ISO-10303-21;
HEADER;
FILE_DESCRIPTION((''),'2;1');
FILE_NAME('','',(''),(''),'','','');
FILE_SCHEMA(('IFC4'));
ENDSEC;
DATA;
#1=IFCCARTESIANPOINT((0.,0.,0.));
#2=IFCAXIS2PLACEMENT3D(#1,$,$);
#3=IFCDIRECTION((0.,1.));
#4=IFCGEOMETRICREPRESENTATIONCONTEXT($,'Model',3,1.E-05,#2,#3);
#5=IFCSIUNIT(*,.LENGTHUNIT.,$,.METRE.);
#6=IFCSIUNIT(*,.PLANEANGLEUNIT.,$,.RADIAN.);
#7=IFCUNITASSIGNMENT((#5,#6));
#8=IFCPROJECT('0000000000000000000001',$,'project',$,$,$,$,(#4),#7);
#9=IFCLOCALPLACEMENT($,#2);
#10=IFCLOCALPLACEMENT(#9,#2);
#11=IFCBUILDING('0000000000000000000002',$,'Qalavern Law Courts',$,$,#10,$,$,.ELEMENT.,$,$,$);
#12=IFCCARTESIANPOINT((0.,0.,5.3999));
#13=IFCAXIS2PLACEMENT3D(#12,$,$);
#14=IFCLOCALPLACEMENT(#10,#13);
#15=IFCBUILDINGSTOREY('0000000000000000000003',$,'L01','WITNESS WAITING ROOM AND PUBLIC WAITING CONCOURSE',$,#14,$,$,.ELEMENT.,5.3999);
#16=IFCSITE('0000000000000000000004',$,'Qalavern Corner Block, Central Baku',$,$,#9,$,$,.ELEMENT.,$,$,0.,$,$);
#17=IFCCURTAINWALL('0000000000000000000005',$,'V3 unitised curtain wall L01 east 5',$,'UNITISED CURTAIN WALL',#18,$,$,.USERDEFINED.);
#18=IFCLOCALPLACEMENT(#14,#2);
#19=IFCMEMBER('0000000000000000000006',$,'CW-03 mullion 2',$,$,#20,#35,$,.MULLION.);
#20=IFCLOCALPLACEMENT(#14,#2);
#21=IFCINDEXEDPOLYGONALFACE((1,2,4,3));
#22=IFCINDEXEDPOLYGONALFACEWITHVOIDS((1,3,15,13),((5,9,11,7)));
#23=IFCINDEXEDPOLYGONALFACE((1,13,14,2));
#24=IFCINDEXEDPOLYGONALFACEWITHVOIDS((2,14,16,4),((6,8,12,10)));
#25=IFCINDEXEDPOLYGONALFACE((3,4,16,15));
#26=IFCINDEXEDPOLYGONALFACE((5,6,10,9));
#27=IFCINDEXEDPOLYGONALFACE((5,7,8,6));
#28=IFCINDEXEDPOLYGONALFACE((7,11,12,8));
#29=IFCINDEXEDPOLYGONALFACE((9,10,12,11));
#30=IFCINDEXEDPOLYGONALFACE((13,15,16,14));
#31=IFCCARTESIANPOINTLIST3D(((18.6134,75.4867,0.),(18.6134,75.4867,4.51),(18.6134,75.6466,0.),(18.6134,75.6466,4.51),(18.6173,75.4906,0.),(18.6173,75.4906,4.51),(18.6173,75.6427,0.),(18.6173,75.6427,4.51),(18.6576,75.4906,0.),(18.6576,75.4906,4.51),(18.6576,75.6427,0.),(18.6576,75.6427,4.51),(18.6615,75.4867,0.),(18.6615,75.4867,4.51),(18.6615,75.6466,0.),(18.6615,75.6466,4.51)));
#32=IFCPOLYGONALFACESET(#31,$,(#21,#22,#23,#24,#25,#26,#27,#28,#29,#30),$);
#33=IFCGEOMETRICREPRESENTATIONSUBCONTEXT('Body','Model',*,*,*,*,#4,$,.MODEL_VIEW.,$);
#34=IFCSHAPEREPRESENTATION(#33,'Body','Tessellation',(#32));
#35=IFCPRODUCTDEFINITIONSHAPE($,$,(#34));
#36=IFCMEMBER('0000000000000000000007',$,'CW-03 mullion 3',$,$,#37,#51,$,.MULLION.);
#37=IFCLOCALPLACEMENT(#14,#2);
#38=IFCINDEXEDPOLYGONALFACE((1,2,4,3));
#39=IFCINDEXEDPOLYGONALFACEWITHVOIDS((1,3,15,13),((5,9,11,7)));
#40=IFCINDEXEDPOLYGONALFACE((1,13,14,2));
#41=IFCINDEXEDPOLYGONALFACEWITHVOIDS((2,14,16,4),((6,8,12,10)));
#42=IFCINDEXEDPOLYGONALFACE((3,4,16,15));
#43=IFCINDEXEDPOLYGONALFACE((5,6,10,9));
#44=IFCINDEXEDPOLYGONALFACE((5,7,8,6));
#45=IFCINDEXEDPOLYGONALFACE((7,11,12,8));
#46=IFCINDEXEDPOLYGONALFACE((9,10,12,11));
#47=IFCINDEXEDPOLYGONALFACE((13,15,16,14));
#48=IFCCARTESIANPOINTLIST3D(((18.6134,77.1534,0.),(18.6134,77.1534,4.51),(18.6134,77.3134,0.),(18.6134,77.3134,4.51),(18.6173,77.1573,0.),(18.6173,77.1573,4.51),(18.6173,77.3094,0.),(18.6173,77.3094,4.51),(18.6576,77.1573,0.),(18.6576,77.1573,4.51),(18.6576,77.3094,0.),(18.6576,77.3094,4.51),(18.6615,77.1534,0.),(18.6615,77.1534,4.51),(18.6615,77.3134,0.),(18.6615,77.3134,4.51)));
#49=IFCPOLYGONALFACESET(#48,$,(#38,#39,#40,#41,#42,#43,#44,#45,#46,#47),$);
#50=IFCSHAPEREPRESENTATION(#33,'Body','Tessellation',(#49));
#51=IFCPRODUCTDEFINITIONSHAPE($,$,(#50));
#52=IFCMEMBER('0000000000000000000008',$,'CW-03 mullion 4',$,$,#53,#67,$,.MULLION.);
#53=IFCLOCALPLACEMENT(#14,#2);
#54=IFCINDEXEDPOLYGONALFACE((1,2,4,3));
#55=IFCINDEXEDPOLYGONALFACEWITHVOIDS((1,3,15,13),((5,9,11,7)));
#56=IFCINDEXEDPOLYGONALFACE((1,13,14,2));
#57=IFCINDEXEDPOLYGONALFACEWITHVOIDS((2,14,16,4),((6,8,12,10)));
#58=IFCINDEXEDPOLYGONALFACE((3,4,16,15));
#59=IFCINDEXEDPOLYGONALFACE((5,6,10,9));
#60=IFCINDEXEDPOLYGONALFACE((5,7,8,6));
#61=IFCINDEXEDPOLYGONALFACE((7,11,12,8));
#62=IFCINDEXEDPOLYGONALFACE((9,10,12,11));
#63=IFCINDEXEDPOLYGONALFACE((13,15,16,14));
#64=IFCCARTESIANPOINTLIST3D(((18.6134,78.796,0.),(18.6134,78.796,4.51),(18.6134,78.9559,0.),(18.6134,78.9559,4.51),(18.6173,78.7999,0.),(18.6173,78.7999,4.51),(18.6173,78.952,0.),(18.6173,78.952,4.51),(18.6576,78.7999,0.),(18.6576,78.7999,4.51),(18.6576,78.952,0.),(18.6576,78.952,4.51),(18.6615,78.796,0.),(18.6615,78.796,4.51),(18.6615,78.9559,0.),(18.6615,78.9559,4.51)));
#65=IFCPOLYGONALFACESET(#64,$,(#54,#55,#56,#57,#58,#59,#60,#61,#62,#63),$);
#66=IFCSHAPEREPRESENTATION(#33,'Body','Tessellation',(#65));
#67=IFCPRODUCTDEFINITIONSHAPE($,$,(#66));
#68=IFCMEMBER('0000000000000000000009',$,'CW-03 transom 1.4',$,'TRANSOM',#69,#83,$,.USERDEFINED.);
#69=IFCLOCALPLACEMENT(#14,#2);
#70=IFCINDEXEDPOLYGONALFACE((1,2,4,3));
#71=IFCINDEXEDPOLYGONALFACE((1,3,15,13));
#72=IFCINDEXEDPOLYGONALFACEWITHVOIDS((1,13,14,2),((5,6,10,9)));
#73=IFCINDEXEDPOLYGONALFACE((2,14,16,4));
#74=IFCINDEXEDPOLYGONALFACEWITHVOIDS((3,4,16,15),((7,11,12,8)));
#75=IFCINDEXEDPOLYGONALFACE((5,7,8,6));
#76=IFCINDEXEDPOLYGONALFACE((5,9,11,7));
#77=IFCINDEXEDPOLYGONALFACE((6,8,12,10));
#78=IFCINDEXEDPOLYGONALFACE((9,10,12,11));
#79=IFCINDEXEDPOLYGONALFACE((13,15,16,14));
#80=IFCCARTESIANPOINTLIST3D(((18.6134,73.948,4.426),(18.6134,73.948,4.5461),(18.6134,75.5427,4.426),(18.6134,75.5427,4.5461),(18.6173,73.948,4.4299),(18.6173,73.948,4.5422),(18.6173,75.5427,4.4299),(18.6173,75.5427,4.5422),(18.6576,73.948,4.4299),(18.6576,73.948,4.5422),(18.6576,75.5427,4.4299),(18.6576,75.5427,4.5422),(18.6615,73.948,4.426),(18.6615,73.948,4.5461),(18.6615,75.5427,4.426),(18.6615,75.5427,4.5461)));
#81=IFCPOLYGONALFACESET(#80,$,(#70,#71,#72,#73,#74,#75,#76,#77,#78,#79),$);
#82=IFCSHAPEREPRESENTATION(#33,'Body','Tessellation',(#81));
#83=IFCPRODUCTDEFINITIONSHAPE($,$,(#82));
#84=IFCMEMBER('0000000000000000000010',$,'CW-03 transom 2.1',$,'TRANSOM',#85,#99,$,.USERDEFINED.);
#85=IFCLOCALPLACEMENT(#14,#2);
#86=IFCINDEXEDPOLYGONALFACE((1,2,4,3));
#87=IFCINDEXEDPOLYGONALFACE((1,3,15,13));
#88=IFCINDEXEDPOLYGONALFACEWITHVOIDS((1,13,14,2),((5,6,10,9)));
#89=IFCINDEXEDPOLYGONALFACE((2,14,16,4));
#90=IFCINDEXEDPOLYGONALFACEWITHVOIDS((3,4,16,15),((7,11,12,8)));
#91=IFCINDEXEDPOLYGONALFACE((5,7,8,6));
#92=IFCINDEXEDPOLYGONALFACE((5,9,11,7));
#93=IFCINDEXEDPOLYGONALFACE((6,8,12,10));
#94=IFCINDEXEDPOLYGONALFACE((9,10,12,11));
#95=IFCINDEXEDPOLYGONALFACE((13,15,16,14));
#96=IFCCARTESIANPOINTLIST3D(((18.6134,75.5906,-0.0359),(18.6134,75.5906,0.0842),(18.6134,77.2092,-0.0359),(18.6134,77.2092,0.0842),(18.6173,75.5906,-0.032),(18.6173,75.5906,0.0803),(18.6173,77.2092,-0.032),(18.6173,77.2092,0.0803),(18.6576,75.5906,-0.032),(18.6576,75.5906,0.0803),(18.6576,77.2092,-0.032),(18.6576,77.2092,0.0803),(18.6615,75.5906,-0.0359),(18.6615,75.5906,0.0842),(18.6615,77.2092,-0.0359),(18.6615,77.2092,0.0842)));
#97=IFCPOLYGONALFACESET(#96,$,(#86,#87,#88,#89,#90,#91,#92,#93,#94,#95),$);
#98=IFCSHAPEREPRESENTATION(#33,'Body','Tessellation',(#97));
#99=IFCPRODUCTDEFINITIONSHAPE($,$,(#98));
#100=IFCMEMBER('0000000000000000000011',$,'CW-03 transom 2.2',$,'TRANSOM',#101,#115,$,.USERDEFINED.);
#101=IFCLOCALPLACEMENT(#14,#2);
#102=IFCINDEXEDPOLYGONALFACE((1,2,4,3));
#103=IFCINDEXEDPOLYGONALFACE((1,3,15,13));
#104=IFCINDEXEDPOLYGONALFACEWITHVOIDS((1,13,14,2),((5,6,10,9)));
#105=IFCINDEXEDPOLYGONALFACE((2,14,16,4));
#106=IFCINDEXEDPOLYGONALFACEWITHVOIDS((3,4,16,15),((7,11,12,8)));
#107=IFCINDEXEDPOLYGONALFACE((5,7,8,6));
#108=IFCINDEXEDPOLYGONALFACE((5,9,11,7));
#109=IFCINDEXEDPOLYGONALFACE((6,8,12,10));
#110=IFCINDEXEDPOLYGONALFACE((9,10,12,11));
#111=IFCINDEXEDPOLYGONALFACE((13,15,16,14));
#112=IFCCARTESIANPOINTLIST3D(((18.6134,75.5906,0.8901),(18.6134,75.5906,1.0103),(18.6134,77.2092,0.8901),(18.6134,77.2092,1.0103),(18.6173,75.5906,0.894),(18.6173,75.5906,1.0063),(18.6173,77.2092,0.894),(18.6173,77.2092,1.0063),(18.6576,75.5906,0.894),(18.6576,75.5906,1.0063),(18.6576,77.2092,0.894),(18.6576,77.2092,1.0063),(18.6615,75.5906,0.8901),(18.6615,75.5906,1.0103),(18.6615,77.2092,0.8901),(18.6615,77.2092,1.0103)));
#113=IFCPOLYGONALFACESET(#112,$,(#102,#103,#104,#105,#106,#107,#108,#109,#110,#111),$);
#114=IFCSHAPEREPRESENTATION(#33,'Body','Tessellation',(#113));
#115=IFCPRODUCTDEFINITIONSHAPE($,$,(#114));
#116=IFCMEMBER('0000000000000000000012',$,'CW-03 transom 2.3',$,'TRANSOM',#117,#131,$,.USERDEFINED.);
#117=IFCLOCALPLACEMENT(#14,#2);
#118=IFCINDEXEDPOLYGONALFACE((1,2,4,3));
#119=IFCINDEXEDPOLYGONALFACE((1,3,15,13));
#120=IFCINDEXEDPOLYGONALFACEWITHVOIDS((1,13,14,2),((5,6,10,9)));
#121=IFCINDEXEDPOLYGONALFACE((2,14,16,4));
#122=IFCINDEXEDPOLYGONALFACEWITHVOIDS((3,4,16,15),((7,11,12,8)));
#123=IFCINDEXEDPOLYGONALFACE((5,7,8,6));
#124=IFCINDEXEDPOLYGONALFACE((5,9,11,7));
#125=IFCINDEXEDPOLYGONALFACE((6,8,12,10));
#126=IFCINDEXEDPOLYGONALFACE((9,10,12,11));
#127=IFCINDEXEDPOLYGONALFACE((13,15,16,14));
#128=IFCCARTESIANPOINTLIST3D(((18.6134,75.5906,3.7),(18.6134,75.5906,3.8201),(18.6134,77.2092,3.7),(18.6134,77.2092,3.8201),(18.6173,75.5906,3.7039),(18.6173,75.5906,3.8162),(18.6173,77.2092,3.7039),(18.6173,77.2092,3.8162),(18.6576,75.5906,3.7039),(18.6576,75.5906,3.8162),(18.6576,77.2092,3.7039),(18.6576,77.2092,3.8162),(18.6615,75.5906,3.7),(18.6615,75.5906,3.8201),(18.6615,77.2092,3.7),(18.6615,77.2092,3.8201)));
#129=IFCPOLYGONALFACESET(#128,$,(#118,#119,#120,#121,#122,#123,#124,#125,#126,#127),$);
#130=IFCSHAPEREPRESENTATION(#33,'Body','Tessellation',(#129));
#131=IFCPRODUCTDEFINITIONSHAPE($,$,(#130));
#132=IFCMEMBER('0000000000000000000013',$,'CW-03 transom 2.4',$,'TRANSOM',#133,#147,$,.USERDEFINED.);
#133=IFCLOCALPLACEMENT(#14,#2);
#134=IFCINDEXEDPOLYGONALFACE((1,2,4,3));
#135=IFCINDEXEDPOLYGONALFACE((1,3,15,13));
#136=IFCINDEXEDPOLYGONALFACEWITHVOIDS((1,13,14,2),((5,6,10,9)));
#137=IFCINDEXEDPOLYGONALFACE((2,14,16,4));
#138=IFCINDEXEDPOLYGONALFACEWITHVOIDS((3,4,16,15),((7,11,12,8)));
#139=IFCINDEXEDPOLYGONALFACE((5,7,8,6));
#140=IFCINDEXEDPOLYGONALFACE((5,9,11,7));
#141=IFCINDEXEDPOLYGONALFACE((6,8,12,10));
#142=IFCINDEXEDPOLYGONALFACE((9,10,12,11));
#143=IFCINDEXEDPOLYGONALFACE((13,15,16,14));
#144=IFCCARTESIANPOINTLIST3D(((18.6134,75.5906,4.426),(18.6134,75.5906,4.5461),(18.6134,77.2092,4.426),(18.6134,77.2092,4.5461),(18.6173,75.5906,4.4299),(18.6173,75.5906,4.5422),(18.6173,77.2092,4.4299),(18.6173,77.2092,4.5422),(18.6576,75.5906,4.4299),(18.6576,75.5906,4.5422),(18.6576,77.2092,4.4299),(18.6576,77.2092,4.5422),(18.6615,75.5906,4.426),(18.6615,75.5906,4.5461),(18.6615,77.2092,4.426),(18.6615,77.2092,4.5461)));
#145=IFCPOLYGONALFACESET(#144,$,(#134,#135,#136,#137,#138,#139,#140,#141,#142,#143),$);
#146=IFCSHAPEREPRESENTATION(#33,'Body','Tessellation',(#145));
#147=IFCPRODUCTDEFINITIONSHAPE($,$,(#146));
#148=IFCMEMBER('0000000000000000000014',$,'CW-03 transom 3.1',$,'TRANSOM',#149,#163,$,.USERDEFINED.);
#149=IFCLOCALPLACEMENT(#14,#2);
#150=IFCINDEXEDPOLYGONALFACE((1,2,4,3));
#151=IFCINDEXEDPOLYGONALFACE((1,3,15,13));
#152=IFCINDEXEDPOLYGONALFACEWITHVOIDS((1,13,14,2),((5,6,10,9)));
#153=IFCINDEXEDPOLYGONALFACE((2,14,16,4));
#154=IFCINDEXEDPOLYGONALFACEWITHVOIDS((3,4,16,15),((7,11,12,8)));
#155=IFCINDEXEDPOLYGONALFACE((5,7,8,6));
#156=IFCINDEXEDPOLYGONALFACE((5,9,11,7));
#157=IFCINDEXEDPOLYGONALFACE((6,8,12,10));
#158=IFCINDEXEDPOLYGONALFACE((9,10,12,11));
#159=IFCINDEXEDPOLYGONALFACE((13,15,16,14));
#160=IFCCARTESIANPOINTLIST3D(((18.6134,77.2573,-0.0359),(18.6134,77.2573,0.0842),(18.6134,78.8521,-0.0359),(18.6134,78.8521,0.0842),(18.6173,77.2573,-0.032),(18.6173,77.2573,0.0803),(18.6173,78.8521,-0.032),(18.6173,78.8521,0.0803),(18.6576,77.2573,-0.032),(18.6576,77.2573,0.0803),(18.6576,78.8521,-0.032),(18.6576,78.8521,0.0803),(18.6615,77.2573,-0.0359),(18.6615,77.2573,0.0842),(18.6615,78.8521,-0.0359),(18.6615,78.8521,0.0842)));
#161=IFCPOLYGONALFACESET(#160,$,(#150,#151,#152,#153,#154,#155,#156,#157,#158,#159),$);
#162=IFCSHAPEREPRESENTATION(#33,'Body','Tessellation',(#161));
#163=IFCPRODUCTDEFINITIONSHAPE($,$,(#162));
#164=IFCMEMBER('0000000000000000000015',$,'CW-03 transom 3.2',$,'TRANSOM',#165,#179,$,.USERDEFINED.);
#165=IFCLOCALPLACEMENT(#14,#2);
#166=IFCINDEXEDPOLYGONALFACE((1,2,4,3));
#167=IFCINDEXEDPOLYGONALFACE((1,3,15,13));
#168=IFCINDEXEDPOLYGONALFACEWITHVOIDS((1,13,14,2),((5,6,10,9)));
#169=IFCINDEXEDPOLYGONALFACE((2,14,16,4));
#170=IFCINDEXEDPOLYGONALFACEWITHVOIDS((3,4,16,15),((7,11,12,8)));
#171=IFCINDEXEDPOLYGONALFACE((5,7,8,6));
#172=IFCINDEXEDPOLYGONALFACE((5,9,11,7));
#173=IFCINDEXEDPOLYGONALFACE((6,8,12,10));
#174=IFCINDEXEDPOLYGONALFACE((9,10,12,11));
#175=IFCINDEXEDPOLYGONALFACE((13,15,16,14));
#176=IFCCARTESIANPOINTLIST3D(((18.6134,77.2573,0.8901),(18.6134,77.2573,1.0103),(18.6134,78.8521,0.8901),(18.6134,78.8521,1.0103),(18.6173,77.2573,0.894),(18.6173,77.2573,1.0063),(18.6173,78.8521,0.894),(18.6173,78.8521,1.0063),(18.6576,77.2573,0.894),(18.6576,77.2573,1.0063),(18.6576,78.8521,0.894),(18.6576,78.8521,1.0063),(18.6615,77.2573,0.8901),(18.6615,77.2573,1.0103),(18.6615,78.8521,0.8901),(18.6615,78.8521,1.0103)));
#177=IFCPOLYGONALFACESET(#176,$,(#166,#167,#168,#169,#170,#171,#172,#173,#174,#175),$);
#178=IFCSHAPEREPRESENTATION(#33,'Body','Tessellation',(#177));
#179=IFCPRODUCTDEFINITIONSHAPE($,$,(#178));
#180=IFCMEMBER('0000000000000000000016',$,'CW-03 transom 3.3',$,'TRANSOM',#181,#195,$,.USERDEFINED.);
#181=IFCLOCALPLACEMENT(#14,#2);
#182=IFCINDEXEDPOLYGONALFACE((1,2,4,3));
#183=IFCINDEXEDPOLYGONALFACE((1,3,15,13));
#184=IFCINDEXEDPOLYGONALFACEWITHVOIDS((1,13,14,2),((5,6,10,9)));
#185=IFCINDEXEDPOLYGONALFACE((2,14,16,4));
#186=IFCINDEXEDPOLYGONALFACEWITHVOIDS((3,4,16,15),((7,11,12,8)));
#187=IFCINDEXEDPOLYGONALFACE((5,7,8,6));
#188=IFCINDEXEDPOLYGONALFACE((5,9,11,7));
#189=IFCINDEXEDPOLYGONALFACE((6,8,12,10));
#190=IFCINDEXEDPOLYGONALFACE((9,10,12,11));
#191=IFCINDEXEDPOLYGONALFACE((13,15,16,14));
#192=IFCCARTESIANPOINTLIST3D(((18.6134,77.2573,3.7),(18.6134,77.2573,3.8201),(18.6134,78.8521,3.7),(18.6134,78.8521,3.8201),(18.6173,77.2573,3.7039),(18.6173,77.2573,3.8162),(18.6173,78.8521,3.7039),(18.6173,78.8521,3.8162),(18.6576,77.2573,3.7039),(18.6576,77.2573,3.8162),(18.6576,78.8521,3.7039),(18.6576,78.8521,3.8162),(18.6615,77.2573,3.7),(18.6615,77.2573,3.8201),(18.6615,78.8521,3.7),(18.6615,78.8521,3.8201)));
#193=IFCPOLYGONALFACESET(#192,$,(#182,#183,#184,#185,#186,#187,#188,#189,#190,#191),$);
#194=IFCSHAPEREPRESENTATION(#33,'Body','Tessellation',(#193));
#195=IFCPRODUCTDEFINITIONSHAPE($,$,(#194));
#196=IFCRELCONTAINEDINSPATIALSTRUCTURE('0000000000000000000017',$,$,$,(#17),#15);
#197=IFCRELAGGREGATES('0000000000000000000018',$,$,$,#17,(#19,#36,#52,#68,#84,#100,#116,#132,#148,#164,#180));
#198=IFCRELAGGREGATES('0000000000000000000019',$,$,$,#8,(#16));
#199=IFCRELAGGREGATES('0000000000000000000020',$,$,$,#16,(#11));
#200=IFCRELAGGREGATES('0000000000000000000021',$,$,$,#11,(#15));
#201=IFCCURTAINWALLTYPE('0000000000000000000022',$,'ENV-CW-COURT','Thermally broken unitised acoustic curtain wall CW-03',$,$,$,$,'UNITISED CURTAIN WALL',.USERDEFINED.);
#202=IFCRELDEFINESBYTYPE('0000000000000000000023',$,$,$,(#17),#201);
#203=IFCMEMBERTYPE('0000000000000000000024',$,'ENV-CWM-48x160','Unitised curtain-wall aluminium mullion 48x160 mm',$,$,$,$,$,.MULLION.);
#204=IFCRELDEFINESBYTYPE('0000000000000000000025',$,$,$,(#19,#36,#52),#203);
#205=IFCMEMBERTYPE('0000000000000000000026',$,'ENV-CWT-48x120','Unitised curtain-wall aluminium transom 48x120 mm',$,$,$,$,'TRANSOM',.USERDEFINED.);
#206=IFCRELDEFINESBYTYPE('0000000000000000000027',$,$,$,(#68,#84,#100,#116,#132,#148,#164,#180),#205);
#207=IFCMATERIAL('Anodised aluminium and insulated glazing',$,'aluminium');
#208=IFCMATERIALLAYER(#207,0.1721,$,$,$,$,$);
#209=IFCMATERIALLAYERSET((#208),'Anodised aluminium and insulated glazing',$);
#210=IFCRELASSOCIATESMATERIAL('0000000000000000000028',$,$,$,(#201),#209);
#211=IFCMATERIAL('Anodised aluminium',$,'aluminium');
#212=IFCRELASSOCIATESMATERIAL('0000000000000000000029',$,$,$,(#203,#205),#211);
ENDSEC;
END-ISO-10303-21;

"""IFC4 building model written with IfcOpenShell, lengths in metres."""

from ifc_helpers import new_model, si_unit, direction, frame, origin, origin_2d, place, context, subcontext, project, spatial, hollow_rectangle, extrude, material, layer, layer_set, material_profile, profile_set, type_object, element, aggregate, save


model = new_model("IFC4")

# Units and contexts
model_context = context("Model", 3, precision=1e-05, world=origin(), true_north=direction((0.0, 1.0)))
body_context = subcontext(model_context, "Body", "Model", "MODEL_VIEW")
ifc_project = project(units=[si_unit("LENGTHUNIT", "METRE"), si_unit("PLANEANGLEUNIT", "RADIAN")], contexts=[model_context])

# Site, building, storey
site_placement = place(None, origin())
site = spatial("IfcSite", under=ifc_project, at=site_placement, Name="Qalavern Corner Block, Central Baku", CompositionType="ELEMENT", RefElevation=0.0)
building_placement = place(site_placement, origin())
building = spatial("IfcBuilding", under=site, at=building_placement, Name="Qalavern Law Courts", CompositionType="ELEMENT")
storey_placement = place(building_placement, frame((0.0, 0.0, 5.3999)))
storey = spatial("IfcBuildingStorey", under=building, at=storey_placement, Name="L01", Description="WITNESS WAITING ROOM AND PUBLIC WAITING CONCOURSE", CompositionType="ELEMENT", Elevation=5.3999)

# Curtain wall, members
ifc_material_1 = material(Name="Anodised aluminium and insulated glazing", Category="aluminium")
ifc_layer_1 = layer(ifc_material_1, 0.1721)
ifc_layer_set_1 = layer_set([ifc_layer_1], Name="Anodised aluminium and insulated glazing")
curtain_wall_type = type_object("IfcCurtainWallType", Name="ENV-CW-COURT", Description="Thermally broken unitised acoustic curtain wall CW-03", ElementType="UNITISED CURTAIN WALL", PredefinedType="USERDEFINED", material=ifc_layer_set_1)
curtain_wall_placement = place(storey_placement, origin())
curtain_wall = element("IfcCurtainWall", 1, at=curtain_wall_placement, inside=storey, type_object=curtain_wall_type, Name="V3 unitised curtain wall L01 east 5", ObjectType="UNITISED CURTAIN WALL", PredefinedType="USERDEFINED")
ifc_material_2 = material(Name="Anodised aluminium", Category="aluminium")
ifc_material_profile_1 = material_profile(ifc_material_2, hollow_rectangle(XDim=0.0481, YDim=0.1599, WallThickness=0.0039, at=origin_2d()), Name="ALU MULLION 48x160")
ifc_profile_set_1 = profile_set([ifc_material_profile_1], Name="Anodised aluminium")
member_type_1 = type_object("IfcMemberType", Name="ENV-CWM-48x160", Description="Unitised curtain-wall aluminium mullion 48x160 mm", PredefinedType="MULLION", material=ifc_profile_set_1)
member_1_placement = place(storey_placement, frame((18.6375, 75.5667, 0.0), z_axis=(0.0, 0.0, 1.0), x_axis=(-1.0, 0.0, 0.0)))
member_1 = element("IfcMember", 2, at=member_1_placement, type_object=member_type_1, Name="CW-03 mullion 2", PredefinedType="MULLION", context=body_context, shape_type="SweptSolid", body=[
    extrude(hollow_rectangle(XDim=0.0481, YDim=0.1599, WallThickness=0.0039, at=origin_2d()), origin(), (0.0, 0.0, 1.0), 4.51),
])
member_2_placement = place(storey_placement, frame((18.6375, 77.2334, 0.0), z_axis=(0.0, 0.0, 1.0), x_axis=(-1.0, 0.0, 0.0)))
member_2 = element("IfcMember", 3, at=member_2_placement, type_object=member_type_1, Name="CW-03 mullion 3", PredefinedType="MULLION", context=body_context, shape_type="SweptSolid", body=[
    extrude(hollow_rectangle(XDim=0.0481, YDim=0.1599, WallThickness=0.0039, at=origin_2d()), origin(), (0.0, 0.0, 1.0), 4.51),
])
member_3_placement = place(storey_placement, frame((18.6375, 78.876, 0.0), z_axis=(0.0, 0.0, 1.0), x_axis=(-1.0, 0.0, 0.0)))
member_3 = element("IfcMember", 4, at=member_3_placement, type_object=member_type_1, Name="CW-03 mullion 4", PredefinedType="MULLION", context=body_context, shape_type="SweptSolid", body=[
    extrude(hollow_rectangle(XDim=0.0481, YDim=0.1599, WallThickness=0.0039, at=origin_2d()), origin(), (0.0, 0.0, 1.0), 4.51),
])
ifc_material_profile_2 = material_profile(ifc_material_2, hollow_rectangle(XDim=0.0481, YDim=0.1201, WallThickness=0.0039, at=origin_2d()), Name="ALU TRANSOM 48x120")
ifc_profile_set_2 = profile_set([ifc_material_profile_2], Name="Anodised aluminium")
member_type_2 = type_object("IfcMemberType", Name="ENV-CWT-48x120", Description="Unitised curtain-wall aluminium transom 48x120 mm", ElementType="TRANSOM", PredefinedType="USERDEFINED", material=ifc_profile_set_2)
member_4_placement = place(storey_placement, frame((18.6375, 73.948, 4.4861), z_axis=(0.0, 1.0, 0.0), x_axis=(-1.0, 0.0, 0.0)))
member_4 = element("IfcMember", 5, at=member_4_placement, type_object=member_type_2, Name="CW-03 transom 1.4", ObjectType="TRANSOM", PredefinedType="USERDEFINED", context=body_context, shape_type="SweptSolid", body=[
    extrude(hollow_rectangle(XDim=0.0481, YDim=0.1201, WallThickness=0.0039, at=origin_2d()), origin(), (0.0, 0.0, 1.0), 1.5947),
])
member_5_placement = place(storey_placement, frame((18.6375, 75.5906, 0.0242), z_axis=(0.0, 1.0, 0.0), x_axis=(-1.0, 0.0, 0.0)))
member_5 = element("IfcMember", 6, at=member_5_placement, type_object=member_type_2, Name="CW-03 transom 2.1", ObjectType="TRANSOM", PredefinedType="USERDEFINED", context=body_context, shape_type="SweptSolid", body=[
    extrude(hollow_rectangle(XDim=0.0481, YDim=0.1201, WallThickness=0.0039, at=origin_2d()), origin(), (0.0, 0.0, 1.0), 1.6187),
])
member_6_placement = place(storey_placement, frame((18.6375, 75.5906, 0.9502), z_axis=(0.0, 1.0, 0.0), x_axis=(-1.0, 0.0, 0.0)))
member_6 = element("IfcMember", 7, at=member_6_placement, type_object=member_type_2, Name="CW-03 transom 2.2", ObjectType="TRANSOM", PredefinedType="USERDEFINED", context=body_context, shape_type="SweptSolid", body=[
    extrude(hollow_rectangle(XDim=0.0481, YDim=0.1201, WallThickness=0.0039, at=origin_2d()), origin(), (0.0, 0.0, 1.0), 1.6187),
])
member_7_placement = place(storey_placement, frame((18.6375, 75.5906, 3.76), z_axis=(0.0, 1.0, 0.0), x_axis=(-1.0, 0.0, 0.0)))
member_7 = element("IfcMember", 8, at=member_7_placement, type_object=member_type_2, Name="CW-03 transom 2.3", ObjectType="TRANSOM", PredefinedType="USERDEFINED", context=body_context, shape_type="SweptSolid", body=[
    extrude(hollow_rectangle(XDim=0.0481, YDim=0.1201, WallThickness=0.0039, at=origin_2d()), origin(), (0.0, 0.0, 1.0), 1.6187),
])
member_8_placement = place(storey_placement, frame((18.6375, 75.5906, 4.4861), z_axis=(0.0, 1.0, 0.0), x_axis=(-1.0, 0.0, 0.0)))
member_8 = element("IfcMember", 9, at=member_8_placement, type_object=member_type_2, Name="CW-03 transom 2.4", ObjectType="TRANSOM", PredefinedType="USERDEFINED", context=body_context, shape_type="SweptSolid", body=[
    extrude(hollow_rectangle(XDim=0.0481, YDim=0.1201, WallThickness=0.0039, at=origin_2d()), origin(), (0.0, 0.0, 1.0), 1.6187),
])
member_9_placement = place(storey_placement, frame((18.6375, 77.2573, 0.0242), z_axis=(0.0, 1.0, 0.0), x_axis=(-1.0, 0.0, 0.0)))
member_9 = element("IfcMember", 10, at=member_9_placement, type_object=member_type_2, Name="CW-03 transom 3.1", ObjectType="TRANSOM", PredefinedType="USERDEFINED", context=body_context, shape_type="SweptSolid", body=[
    extrude(hollow_rectangle(XDim=0.0481, YDim=0.1201, WallThickness=0.0039, at=origin_2d()), origin(), (0.0, 0.0, 1.0), 1.5947),
])
member_10_placement = place(storey_placement, frame((18.6375, 77.2573, 0.9502), z_axis=(0.0, 1.0, 0.0), x_axis=(-1.0, 0.0, 0.0)))
member_10 = element("IfcMember", 11, at=member_10_placement, type_object=member_type_2, Name="CW-03 transom 3.2", ObjectType="TRANSOM", PredefinedType="USERDEFINED", context=body_context, shape_type="SweptSolid", body=[
    extrude(hollow_rectangle(XDim=0.0481, YDim=0.1201, WallThickness=0.0039, at=origin_2d()), origin(), (0.0, 0.0, 1.0), 1.5947),
])
member_11_placement = place(storey_placement, frame((18.6375, 77.2573, 3.76), z_axis=(0.0, 1.0, 0.0), x_axis=(-1.0, 0.0, 0.0)))
member_11 = element("IfcMember", 12, at=member_11_placement, type_object=member_type_2, Name="CW-03 transom 3.3", ObjectType="TRANSOM", PredefinedType="USERDEFINED", context=body_context, shape_type="SweptSolid", body=[
    extrude(hollow_rectangle(XDim=0.0481, YDim=0.1201, WallThickness=0.0039, at=origin_2d()), origin(), (0.0, 0.0, 1.0), 1.5947),
])
aggregate(curtain_wall, [member_1, member_2, member_3, member_4, member_5, member_6, member_7, member_8, member_9, member_10, member_11])

save(model, "model.ifc")
